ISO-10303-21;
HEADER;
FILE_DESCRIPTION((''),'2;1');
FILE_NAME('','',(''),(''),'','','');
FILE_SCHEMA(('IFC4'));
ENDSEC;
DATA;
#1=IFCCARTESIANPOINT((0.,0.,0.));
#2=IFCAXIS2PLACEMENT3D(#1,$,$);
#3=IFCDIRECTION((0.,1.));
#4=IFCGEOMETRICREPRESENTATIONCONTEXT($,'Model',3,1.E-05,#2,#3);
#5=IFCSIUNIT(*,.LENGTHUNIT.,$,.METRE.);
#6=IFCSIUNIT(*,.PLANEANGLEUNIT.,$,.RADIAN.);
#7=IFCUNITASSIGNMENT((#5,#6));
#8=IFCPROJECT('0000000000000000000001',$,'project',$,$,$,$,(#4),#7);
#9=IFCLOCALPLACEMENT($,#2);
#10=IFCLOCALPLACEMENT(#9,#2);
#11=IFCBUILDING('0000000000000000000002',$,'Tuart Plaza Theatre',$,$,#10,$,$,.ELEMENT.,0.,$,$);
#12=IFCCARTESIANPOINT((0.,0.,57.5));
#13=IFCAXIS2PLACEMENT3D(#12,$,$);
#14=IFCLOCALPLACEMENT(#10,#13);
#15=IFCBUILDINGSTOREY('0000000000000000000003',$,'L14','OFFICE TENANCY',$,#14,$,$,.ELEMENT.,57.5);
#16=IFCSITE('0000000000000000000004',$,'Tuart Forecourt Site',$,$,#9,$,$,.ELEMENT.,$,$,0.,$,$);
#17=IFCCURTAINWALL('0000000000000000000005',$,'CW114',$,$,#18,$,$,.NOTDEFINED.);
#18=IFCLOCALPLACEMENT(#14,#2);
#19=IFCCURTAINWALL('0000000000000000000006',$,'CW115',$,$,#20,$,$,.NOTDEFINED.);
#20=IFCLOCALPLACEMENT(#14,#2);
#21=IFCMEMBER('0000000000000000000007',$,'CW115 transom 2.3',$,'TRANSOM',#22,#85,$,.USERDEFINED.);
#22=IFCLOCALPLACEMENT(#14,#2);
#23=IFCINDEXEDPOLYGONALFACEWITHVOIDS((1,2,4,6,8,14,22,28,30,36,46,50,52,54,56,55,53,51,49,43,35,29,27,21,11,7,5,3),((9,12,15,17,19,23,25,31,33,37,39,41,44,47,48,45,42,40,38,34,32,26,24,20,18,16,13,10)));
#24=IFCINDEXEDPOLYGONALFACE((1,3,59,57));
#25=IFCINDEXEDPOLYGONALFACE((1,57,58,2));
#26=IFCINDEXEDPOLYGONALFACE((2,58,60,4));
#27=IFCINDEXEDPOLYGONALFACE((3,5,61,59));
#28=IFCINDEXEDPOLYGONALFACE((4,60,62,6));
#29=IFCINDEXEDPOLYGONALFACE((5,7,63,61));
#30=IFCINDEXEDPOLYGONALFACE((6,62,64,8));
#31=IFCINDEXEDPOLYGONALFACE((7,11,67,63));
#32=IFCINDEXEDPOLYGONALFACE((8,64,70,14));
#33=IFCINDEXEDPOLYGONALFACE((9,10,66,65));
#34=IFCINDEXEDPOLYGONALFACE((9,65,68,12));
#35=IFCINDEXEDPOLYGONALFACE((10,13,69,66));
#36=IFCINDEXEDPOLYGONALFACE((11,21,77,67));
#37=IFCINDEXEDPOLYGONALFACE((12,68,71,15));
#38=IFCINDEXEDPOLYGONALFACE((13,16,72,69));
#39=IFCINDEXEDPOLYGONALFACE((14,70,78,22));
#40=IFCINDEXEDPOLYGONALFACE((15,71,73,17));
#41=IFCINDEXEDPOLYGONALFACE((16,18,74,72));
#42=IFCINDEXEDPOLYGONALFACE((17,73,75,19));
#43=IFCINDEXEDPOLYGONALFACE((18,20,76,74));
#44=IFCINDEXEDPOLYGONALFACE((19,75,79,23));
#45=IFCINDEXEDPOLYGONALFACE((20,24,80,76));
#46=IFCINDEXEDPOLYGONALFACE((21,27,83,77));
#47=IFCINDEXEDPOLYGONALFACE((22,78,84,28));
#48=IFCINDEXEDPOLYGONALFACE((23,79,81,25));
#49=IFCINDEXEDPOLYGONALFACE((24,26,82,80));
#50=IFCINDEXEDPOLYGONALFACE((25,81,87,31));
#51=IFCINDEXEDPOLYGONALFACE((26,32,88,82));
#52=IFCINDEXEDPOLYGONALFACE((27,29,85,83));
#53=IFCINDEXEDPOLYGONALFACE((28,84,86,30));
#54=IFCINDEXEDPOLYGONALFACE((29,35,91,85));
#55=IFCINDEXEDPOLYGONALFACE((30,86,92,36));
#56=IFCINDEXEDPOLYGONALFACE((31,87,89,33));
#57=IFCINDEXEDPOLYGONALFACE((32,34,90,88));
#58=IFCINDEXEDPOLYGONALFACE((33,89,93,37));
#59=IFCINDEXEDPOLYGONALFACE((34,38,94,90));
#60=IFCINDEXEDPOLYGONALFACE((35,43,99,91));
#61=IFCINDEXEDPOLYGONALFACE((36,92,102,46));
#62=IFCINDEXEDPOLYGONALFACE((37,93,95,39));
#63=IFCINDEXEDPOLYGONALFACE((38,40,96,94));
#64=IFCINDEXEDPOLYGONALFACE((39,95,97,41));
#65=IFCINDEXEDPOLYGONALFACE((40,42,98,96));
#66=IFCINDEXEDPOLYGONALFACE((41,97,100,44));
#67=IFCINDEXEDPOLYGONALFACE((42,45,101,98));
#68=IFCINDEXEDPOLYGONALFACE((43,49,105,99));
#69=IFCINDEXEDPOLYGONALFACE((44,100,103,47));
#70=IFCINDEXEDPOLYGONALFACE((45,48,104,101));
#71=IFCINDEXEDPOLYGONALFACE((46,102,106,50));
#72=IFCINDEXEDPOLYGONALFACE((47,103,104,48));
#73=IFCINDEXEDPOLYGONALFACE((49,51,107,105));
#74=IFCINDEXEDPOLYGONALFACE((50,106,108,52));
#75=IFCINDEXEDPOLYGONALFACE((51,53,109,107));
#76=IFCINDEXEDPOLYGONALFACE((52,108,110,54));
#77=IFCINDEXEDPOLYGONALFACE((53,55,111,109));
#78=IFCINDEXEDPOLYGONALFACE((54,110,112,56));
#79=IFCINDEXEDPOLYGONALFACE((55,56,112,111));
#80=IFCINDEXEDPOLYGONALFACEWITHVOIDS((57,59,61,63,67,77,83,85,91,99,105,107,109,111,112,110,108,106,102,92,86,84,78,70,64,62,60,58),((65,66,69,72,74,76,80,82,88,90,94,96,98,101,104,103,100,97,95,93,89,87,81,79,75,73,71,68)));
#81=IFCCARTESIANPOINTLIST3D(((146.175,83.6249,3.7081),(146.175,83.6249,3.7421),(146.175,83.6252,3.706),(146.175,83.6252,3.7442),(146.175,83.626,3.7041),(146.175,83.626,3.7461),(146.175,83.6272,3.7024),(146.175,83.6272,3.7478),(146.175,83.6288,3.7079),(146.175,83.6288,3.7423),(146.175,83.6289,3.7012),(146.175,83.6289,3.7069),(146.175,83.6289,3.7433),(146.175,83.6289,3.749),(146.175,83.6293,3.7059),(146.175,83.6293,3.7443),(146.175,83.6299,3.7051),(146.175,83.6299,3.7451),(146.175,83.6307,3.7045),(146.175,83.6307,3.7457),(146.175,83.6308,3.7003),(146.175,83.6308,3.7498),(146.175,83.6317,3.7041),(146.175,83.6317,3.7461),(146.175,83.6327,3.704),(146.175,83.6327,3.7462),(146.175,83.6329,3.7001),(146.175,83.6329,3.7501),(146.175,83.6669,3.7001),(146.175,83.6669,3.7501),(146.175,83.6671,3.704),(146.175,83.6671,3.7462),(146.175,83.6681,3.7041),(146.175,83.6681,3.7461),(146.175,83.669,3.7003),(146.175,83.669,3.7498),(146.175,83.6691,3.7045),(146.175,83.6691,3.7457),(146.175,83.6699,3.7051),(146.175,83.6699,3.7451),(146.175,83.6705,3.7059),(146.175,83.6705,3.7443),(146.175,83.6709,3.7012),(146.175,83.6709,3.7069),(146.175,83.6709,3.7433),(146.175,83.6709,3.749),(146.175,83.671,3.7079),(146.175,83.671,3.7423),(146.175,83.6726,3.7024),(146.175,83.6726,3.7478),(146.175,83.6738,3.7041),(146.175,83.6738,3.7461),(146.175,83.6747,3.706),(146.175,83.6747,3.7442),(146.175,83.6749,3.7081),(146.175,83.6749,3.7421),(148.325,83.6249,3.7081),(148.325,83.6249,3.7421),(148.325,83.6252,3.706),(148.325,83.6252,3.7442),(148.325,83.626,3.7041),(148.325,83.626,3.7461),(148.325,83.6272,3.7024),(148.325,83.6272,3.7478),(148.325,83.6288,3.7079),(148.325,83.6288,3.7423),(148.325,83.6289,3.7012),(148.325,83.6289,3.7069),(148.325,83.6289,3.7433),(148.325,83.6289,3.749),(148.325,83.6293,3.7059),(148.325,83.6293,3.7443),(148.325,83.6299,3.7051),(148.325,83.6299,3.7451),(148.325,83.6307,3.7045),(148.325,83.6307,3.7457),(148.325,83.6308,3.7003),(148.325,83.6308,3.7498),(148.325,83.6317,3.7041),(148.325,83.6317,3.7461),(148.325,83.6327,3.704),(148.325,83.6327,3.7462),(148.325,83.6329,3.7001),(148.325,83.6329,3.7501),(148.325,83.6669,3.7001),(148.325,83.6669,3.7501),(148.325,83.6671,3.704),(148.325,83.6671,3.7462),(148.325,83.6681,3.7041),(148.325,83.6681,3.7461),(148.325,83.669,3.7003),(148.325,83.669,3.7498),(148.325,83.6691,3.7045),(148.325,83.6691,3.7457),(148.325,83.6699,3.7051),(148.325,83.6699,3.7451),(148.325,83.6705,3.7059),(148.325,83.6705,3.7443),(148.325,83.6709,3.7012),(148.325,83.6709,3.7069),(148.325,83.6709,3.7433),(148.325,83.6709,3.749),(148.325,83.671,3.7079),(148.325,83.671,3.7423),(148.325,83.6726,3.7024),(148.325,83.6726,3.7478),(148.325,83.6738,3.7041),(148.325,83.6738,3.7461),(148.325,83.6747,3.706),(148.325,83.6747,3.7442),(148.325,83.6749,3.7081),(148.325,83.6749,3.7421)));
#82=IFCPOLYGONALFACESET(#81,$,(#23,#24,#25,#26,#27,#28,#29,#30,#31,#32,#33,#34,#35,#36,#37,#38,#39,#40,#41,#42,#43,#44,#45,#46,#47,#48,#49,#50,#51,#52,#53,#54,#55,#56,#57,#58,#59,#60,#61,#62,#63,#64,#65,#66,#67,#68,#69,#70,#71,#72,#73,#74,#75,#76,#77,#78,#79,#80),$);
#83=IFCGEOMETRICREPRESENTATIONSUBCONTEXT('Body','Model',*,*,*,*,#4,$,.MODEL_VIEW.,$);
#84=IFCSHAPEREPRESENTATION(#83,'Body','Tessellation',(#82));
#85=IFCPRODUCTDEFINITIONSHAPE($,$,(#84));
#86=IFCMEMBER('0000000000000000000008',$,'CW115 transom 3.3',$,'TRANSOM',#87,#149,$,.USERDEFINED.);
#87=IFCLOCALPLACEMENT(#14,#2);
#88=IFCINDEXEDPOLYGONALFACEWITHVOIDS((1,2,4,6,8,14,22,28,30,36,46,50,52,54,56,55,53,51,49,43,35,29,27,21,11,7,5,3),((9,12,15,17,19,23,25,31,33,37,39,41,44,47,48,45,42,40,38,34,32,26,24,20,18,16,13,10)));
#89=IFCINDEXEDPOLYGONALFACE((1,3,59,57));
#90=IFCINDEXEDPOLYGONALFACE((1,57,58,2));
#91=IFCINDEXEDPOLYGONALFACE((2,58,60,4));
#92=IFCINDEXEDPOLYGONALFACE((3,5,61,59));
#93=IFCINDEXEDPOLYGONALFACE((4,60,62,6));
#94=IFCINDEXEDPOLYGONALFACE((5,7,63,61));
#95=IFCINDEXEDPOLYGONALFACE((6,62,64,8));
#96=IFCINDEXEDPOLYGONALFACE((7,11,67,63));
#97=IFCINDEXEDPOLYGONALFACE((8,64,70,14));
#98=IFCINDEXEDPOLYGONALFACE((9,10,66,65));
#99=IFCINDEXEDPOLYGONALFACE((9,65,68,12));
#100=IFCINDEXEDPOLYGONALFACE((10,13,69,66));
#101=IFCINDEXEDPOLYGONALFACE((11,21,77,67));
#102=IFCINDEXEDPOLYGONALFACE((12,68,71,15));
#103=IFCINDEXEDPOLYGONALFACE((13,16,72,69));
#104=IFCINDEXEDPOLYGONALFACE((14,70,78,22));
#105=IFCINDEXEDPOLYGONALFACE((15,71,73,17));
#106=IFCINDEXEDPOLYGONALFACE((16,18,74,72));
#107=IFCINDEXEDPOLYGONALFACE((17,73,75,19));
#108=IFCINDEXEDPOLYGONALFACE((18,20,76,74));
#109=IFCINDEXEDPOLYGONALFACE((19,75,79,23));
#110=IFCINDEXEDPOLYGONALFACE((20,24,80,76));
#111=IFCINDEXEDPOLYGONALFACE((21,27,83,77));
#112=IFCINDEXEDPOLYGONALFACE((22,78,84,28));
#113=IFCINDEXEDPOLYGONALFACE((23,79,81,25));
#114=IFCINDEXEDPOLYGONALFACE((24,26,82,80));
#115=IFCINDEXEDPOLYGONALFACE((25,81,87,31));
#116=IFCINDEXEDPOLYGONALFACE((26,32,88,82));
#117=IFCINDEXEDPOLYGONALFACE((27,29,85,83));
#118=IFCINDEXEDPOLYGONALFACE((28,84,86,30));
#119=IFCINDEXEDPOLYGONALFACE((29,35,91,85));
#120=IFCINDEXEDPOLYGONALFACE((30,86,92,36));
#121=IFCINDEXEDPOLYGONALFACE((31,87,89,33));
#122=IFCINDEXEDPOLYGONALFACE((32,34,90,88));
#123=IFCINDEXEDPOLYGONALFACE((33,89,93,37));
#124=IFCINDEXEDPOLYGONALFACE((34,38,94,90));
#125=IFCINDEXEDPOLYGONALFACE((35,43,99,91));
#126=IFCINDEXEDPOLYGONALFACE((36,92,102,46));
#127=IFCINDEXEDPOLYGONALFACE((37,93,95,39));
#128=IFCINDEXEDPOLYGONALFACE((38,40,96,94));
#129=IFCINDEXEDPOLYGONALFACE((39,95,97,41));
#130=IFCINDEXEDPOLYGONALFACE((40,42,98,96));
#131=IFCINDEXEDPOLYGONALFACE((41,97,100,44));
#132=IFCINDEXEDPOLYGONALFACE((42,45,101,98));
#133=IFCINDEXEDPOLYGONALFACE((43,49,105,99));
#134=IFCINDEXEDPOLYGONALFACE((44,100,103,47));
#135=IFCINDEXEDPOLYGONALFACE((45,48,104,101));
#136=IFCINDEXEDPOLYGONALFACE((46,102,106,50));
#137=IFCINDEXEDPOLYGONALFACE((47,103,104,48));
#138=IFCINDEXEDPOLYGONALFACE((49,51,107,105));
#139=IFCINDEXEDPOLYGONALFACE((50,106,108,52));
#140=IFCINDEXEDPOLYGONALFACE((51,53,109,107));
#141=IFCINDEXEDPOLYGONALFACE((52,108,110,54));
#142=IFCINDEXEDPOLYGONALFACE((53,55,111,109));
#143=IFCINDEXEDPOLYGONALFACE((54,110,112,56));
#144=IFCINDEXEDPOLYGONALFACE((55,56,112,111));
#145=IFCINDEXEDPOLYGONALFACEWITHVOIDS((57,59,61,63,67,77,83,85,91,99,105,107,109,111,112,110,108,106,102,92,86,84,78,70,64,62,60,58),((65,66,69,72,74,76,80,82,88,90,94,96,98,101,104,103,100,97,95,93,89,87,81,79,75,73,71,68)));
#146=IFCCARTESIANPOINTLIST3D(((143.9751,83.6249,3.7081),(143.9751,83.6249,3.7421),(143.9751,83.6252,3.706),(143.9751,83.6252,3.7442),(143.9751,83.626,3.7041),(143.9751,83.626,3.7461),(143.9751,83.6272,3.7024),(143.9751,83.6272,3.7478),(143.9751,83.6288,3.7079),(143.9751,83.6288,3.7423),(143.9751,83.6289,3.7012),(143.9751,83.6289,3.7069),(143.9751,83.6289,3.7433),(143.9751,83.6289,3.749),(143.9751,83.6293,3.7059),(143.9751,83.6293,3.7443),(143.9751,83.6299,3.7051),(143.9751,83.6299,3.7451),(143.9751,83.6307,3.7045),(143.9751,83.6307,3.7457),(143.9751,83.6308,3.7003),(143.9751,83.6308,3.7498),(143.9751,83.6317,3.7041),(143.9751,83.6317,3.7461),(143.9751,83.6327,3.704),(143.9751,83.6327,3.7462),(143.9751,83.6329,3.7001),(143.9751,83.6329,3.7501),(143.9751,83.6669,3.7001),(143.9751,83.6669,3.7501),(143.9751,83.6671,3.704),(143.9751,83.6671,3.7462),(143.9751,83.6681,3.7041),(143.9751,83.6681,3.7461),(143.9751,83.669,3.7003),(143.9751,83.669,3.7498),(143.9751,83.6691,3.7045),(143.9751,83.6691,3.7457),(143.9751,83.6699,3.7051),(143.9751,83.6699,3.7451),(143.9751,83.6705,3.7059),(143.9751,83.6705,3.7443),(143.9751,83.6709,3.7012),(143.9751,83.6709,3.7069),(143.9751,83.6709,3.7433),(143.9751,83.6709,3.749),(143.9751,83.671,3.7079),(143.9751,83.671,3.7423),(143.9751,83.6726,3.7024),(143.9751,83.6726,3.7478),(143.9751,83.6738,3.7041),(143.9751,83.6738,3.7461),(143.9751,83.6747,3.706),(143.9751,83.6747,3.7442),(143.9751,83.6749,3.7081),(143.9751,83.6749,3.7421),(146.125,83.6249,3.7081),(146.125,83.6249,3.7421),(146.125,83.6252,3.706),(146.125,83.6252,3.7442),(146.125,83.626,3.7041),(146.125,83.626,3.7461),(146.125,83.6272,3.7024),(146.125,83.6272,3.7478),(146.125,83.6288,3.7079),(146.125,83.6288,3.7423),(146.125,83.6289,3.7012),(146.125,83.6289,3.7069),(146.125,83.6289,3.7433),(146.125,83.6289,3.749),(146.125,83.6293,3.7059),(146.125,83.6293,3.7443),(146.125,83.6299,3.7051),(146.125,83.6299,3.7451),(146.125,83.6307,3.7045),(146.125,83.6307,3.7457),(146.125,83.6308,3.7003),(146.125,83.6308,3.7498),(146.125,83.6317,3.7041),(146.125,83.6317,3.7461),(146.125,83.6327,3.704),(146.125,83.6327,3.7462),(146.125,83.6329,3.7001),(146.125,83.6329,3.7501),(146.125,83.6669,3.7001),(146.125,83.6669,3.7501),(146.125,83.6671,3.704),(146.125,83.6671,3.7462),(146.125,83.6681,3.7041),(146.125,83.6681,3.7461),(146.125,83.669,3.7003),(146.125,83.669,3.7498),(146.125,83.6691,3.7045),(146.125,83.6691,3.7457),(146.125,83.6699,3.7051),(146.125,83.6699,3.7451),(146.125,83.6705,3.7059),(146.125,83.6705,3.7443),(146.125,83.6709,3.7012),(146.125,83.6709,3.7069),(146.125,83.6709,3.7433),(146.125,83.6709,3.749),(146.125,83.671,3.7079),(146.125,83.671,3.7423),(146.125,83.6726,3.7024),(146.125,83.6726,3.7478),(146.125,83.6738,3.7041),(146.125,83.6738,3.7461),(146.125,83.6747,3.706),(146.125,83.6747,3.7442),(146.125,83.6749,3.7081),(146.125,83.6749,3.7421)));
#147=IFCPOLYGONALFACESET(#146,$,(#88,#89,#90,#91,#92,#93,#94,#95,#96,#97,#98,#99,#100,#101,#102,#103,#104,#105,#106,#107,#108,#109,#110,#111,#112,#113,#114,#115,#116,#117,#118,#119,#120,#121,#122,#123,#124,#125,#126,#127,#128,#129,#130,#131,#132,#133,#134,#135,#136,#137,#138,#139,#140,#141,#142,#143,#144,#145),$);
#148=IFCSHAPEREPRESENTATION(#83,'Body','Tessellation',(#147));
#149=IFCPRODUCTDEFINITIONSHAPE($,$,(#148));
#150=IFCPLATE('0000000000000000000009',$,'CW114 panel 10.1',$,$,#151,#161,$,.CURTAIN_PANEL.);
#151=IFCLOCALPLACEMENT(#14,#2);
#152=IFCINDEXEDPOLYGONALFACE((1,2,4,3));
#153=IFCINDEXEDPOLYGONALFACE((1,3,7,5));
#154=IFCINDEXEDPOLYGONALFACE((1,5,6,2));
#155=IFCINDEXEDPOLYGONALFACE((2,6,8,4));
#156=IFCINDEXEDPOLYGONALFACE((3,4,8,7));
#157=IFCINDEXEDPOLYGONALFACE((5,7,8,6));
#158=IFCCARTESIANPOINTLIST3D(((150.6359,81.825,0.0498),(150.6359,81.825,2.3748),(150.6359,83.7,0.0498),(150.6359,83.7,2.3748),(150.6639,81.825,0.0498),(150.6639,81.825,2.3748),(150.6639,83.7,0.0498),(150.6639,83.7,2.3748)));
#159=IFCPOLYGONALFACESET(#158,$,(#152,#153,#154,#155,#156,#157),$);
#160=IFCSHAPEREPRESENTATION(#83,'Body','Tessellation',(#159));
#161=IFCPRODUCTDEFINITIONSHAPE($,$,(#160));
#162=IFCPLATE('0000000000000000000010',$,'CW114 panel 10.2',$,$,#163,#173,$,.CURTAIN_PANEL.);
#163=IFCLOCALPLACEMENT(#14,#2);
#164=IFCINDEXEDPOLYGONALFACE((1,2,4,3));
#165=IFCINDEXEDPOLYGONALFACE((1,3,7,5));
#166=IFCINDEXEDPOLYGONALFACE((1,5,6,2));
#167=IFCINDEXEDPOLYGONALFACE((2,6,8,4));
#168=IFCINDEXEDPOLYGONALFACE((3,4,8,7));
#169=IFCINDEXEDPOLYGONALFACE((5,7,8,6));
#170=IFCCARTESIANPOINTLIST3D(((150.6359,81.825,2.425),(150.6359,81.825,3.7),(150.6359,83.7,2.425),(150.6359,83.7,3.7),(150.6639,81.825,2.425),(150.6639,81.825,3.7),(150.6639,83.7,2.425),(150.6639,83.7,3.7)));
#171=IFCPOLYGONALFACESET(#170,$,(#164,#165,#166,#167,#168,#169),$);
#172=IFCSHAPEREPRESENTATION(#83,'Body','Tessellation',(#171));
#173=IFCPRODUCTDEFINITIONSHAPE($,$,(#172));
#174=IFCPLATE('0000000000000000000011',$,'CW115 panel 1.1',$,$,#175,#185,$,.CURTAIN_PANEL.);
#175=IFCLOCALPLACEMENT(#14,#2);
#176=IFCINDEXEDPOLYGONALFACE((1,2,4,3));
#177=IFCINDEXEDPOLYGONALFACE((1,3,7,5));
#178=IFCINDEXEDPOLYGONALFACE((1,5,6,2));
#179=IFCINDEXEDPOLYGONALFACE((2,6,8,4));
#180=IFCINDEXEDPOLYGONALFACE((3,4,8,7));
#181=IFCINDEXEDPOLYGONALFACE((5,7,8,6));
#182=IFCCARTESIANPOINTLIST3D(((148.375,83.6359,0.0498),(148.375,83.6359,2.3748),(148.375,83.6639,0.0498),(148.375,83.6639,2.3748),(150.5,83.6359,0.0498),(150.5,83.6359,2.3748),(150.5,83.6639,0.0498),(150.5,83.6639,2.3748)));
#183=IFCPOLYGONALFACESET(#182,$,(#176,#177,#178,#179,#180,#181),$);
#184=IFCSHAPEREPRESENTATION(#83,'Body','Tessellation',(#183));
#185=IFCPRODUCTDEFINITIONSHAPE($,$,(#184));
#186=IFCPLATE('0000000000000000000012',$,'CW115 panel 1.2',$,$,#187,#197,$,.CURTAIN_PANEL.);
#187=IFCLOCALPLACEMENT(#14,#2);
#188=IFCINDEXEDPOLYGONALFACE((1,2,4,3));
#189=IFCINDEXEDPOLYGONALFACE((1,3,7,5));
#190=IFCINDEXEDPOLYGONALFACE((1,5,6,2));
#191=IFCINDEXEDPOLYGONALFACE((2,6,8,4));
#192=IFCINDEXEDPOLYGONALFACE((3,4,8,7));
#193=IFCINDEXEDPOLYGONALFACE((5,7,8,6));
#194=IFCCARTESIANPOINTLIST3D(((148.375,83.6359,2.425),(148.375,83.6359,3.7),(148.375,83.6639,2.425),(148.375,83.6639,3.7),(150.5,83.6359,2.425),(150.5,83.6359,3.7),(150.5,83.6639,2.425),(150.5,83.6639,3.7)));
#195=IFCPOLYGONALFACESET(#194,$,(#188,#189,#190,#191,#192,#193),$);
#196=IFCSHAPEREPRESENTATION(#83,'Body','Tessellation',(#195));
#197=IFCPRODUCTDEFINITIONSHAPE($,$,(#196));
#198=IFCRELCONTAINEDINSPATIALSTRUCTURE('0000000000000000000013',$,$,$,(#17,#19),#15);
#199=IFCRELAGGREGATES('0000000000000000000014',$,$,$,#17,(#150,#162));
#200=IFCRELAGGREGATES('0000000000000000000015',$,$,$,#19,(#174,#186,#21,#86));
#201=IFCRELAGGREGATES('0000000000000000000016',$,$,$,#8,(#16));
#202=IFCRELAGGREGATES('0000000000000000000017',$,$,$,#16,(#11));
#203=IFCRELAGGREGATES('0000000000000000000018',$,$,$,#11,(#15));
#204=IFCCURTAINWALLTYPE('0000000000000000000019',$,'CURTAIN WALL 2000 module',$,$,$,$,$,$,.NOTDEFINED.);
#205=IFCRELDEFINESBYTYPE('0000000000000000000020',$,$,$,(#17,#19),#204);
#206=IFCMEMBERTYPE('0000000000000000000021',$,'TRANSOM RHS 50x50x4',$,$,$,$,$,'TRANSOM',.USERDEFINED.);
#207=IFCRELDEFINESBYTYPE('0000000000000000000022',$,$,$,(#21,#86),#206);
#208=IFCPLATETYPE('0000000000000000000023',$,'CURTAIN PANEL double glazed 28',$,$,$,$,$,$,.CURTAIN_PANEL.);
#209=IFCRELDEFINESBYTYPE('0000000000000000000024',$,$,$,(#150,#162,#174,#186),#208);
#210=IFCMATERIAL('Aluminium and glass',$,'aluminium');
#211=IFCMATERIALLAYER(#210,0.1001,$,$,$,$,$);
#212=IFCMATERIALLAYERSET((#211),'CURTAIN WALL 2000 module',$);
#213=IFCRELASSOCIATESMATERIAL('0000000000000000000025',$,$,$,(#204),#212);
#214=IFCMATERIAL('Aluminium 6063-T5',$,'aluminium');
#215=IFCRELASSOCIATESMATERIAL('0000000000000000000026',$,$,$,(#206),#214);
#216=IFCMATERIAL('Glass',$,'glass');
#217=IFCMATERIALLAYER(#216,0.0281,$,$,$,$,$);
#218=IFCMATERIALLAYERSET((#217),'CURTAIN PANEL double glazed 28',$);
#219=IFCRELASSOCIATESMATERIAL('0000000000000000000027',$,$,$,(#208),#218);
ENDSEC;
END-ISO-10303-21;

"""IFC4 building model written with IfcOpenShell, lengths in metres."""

from ifc_helpers import new_model, si_unit, direction, frame, origin, origin_2d, place, context, subcontext, project, spatial, rectangle, hollow_rectangle, extrude, material, layer, layer_set, material_profile, profile_set, type_object, element, aggregate, save


model = new_model("IFC4")

# Units and contexts
model_context = context("Model", 3, precision=1e-05, world=origin(), true_north=direction((0.0, 1.0)))
body_context = subcontext(model_context, "Body", "Model", "MODEL_VIEW")
ifc_project = project(units=[si_unit("LENGTHUNIT", "METRE"), si_unit("PLANEANGLEUNIT", "RADIAN")], contexts=[model_context])

# Site, building, storey
site_placement = place(None, origin())
site = spatial("IfcSite", under=ifc_project, at=site_placement, Name="Tuart Forecourt Site", CompositionType="ELEMENT", RefElevation=0.0)
building_placement = place(site_placement, origin())
building = spatial("IfcBuilding", under=site, at=building_placement, Name="Tuart Plaza Theatre", CompositionType="ELEMENT", ElevationOfRefHeight=0.0)
storey_placement = place(building_placement, frame((0.0, 0.0, 57.5)))
storey = spatial("IfcBuildingStorey", under=building, at=storey_placement, Name="L14", Description="OFFICE TENANCY", CompositionType="ELEMENT", Elevation=57.5)

# Curtain wall
ifc_material_1 = material(Name="Aluminium and glass", Category="aluminium")
ifc_layer_1 = layer(ifc_material_1, 0.1001)
ifc_layer_set_1 = layer_set([ifc_layer_1], Name="CURTAIN WALL 2000 module")
curtain_wall_type = type_object("IfcCurtainWallType", Name="CURTAIN WALL 2000 module", PredefinedType="NOTDEFINED", material=ifc_layer_set_1)
curtain_wall_1_placement = place(storey_placement, origin())
curtain_wall_1 = element("IfcCurtainWall", 1, at=curtain_wall_1_placement, inside=storey, type_object=curtain_wall_type, Name="CW114", PredefinedType="NOTDEFINED")

# Curtain wall
curtain_wall_2_placement = place(storey_placement, origin())
curtain_wall_2 = element("IfcCurtainWall", 2, at=curtain_wall_2_placement, inside=storey, type_object=curtain_wall_type, Name="CW115", PredefinedType="NOTDEFINED")

# Members
ifc_material_2 = material(Name="Aluminium 6063-T5", Category="aluminium")
ifc_material_profile_1 = material_profile(ifc_material_2, hollow_rectangle(XDim=0.05, YDim=0.05, WallThickness=0.0039, InnerFilletRadius=0.0039, OuterFilletRadius=0.0081, at=origin_2d()), Name="RHS 50x50x4")
ifc_profile_set_1 = profile_set([ifc_material_profile_1], Name="Aluminium 6063-T5")
member_type_1 = type_object("IfcMemberType", Name="TRANSOM RHS 50x50x4", ElementType="TRANSOM", PredefinedType="USERDEFINED", material=ifc_profile_set_1)
member_1_placement = place(storey_placement, frame((148.325, 83.6499, 3.7251), z_axis=(-1.0, 0.0, 0.0), x_axis=(0.0, -1.0, 0.0)))
member_1 = element("IfcMember", 3, at=member_1_placement, type_object=member_type_1, Name="CW115 transom 2.3", ObjectType="TRANSOM", PredefinedType="USERDEFINED", context=body_context, shape_type="SweptSolid", body=[
    extrude(hollow_rectangle(XDim=0.05, YDim=0.05, WallThickness=0.0039, InnerFilletRadius=0.0039, OuterFilletRadius=0.0081, at=origin_2d()), origin(), (0.0, 0.0, 1.0), 2.1499),
])
member_2_placement = place(storey_placement, frame((146.125, 83.6499, 3.7251), z_axis=(-1.0, 0.0, 0.0), x_axis=(0.0, -1.0, 0.0)))
member_2 = element("IfcMember", 4, at=member_2_placement, type_object=member_type_1, Name="CW115 transom 3.3", ObjectType="TRANSOM", PredefinedType="USERDEFINED", context=body_context, shape_type="SweptSolid", body=[
    extrude(hollow_rectangle(XDim=0.05, YDim=0.05, WallThickness=0.0039, InnerFilletRadius=0.0039, OuterFilletRadius=0.0081, at=origin_2d()), origin(), (0.0, 0.0, 1.0), 2.1499),
])

# Plates
ifc_material_3 = material(Name="Glass", Category="glass")
ifc_layer_2 = layer(ifc_material_3, 0.0281)
ifc_layer_set_2 = layer_set([ifc_layer_2], Name="CURTAIN PANEL double glazed 28")
plate_type = type_object("IfcPlateType", Name="CURTAIN PANEL double glazed 28", PredefinedType="CURTAIN_PANEL", material=ifc_layer_set_2)
plate_1_placement = place(storey_placement, frame((150.6499, 82.7625, 0.0498), z_axis=(0.0, 0.0, 1.0), x_axis=(0.0, 1.0, 0.0)))
plate_1 = element("IfcPlate", 5, at=plate_1_placement, type_object=plate_type, Name="CW114 panel 10.1", PredefinedType="CURTAIN_PANEL", context=body_context, shape_type="SweptSolid", body=[
    extrude(rectangle(XDim=1.875, YDim=0.0281, at=origin_2d()), origin(), (0.0, 0.0, 1.0), 2.325),
])
plate_2_placement = place(storey_placement, frame((150.6499, 82.7625, 2.425), z_axis=(0.0, 0.0, 1.0), x_axis=(0.0, 1.0, 0.0)))
plate_2 = element("IfcPlate", 6, at=plate_2_placement, type_object=plate_type, Name="CW114 panel 10.2", PredefinedType="CURTAIN_PANEL", context=body_context, shape_type="SweptSolid", body=[
    extrude(rectangle(XDim=1.875, YDim=0.0281, at=origin_2d()), origin(), (0.0, 0.0, 1.0), 1.2749),
])
aggregate(curtain_wall_1, [plate_1, plate_2])
plate_3_placement = place(storey_placement, frame((149.4375, 83.6499, 0.0498), z_axis=(0.0, 0.0, 1.0), x_axis=(-1.0, 0.0, 0.0)))
plate_3 = element("IfcPlate", 7, at=plate_3_placement, type_object=plate_type, Name="CW115 panel 1.1", PredefinedType="CURTAIN_PANEL", context=body_context, shape_type="SweptSolid", body=[
    extrude(rectangle(XDim=2.125, YDim=0.0281, at=origin_2d()), origin(), (0.0, 0.0, 1.0), 2.325),
])
plate_4_placement = place(storey_placement, frame((149.4375, 83.6499, 2.425), z_axis=(0.0, 0.0, 1.0), x_axis=(-1.0, 0.0, 0.0)))
plate_4 = element("IfcPlate", 8, at=plate_4_placement, type_object=plate_type, Name="CW115 panel 1.2", PredefinedType="CURTAIN_PANEL", context=body_context, shape_type="SweptSolid", body=[
    extrude(rectangle(XDim=2.125, YDim=0.0281, at=origin_2d()), origin(), (0.0, 0.0, 1.0), 1.2749),
])
aggregate(curtain_wall_2, [plate_3, plate_4, member_1, member_2])

save(model, "model.ifc")
